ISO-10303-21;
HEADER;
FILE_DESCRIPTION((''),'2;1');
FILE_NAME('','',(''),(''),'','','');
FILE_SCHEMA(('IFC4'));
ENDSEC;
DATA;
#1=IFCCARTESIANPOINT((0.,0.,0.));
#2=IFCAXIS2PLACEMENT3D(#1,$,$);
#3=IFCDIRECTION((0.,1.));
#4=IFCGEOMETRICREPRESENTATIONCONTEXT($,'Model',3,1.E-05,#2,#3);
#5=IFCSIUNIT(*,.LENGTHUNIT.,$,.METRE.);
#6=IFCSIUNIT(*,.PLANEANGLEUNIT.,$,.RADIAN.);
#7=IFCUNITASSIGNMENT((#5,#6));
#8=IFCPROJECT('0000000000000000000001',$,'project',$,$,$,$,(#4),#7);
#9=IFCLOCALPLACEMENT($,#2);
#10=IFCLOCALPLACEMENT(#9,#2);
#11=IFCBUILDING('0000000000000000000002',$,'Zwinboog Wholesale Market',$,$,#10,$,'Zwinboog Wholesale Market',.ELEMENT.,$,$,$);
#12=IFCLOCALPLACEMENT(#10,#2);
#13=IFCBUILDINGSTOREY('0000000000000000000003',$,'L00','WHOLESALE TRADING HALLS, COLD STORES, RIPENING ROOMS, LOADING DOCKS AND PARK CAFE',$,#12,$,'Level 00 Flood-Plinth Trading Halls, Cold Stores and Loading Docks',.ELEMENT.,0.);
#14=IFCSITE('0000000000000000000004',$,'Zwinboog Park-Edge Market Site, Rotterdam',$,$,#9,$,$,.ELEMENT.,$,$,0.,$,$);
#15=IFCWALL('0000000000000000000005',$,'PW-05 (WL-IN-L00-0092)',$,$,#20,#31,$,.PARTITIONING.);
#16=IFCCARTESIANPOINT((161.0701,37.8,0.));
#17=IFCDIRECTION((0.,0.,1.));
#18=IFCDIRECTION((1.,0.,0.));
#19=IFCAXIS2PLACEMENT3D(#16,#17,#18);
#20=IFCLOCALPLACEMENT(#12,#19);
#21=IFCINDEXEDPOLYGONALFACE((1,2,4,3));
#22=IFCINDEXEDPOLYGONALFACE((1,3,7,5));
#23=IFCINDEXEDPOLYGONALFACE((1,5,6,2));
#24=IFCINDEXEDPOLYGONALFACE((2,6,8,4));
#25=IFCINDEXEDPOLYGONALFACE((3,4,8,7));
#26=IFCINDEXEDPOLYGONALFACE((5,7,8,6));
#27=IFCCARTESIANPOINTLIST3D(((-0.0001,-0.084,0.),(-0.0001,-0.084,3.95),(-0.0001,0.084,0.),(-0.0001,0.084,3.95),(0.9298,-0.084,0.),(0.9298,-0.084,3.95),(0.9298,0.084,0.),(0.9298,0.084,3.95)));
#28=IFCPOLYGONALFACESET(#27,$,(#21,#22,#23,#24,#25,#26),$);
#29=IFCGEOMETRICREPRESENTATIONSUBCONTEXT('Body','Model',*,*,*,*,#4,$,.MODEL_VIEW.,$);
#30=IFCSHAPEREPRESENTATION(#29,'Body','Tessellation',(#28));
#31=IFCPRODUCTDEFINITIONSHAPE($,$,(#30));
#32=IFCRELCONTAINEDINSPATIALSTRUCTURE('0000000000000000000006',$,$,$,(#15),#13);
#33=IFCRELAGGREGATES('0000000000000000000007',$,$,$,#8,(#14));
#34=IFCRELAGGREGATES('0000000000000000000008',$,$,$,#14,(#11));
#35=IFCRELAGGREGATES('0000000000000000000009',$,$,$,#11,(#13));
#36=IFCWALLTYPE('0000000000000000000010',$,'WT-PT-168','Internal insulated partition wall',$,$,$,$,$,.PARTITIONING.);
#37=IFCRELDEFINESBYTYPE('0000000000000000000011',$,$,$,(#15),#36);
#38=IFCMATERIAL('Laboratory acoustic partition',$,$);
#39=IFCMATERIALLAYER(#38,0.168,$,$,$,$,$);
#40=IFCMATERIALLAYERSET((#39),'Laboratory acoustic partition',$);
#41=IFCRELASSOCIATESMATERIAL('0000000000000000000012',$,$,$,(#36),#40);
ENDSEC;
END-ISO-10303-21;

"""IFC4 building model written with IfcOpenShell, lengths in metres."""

from ifc_helpers import new_model, si_unit, direction, frame, frame_2d, origin, place, context, subcontext, project, spatial, rectangle, extrude, material, layer, layer_set, type_object, element, save


model = new_model("IFC4")

# Units and contexts
model_context = context("Model", 3, precision=1e-05, world=origin(), true_north=direction((0.0, 1.0)))
body_context = subcontext(model_context, "Body", "Model", "MODEL_VIEW")
ifc_project = project(units=[si_unit("LENGTHUNIT", "METRE"), si_unit("PLANEANGLEUNIT", "RADIAN")], contexts=[model_context])

# Site, building, storey
site_placement = place(None, origin())
site = spatial("IfcSite", under=ifc_project, at=site_placement, Name="Zwinboog Park-Edge Market Site, Rotterdam", CompositionType="ELEMENT", RefElevation=0.0)
building_placement = place(site_placement, origin())
building = spatial("IfcBuilding", under=site, at=building_placement, Name="Zwinboog Wholesale Market", LongName="Zwinboog Wholesale Market", CompositionType="ELEMENT")
storey_placement = place(building_placement, origin())
storey = spatial("IfcBuildingStorey", under=building, at=storey_placement, Name="L00", Description="WHOLESALE TRADING HALLS, COLD STORES, RIPENING ROOMS, LOADING DOCKS AND PARK CAFE", LongName="Level 00 Flood-Plinth Trading Halls, Cold Stores and Loading Docks", CompositionType="ELEMENT", Elevation=0.0)

# Shared definitions
ifc_material_1 = material(Name="Laboratory acoustic partition")
ifc_layer_1 = layer(ifc_material_1, 0.168)
ifc_layer_set_1 = layer_set([ifc_layer_1], Name="Laboratory acoustic partition")
wall_type_1 = type_object("IfcWallType", Name="WT-PT-168", Description="Internal insulated partition wall", PredefinedType="PARTITIONING", material=ifc_layer_set_1)

# Wall
wall_1_placement = place(storey_placement, frame((161.0701, 37.8, 0.0), z_axis=(0.0, 0.0, 1.0), x_axis=(1.0, 0.0, 0.0)))
element("IfcWall", 1, at=wall_1_placement, inside=storey, type_object=wall_type_1, Name="PW-05 (WL-IN-L00-0092)", PredefinedType="PARTITIONING", context=body_context, shape_type="SweptSolid", body=[
    extrude(rectangle(XDim=0.9299, YDim=0.168, at=frame_2d((0.4648, 0.0))), origin(), (0.0, 0.0, 1.0), 3.95),
])

save(model, "model.ifc")
